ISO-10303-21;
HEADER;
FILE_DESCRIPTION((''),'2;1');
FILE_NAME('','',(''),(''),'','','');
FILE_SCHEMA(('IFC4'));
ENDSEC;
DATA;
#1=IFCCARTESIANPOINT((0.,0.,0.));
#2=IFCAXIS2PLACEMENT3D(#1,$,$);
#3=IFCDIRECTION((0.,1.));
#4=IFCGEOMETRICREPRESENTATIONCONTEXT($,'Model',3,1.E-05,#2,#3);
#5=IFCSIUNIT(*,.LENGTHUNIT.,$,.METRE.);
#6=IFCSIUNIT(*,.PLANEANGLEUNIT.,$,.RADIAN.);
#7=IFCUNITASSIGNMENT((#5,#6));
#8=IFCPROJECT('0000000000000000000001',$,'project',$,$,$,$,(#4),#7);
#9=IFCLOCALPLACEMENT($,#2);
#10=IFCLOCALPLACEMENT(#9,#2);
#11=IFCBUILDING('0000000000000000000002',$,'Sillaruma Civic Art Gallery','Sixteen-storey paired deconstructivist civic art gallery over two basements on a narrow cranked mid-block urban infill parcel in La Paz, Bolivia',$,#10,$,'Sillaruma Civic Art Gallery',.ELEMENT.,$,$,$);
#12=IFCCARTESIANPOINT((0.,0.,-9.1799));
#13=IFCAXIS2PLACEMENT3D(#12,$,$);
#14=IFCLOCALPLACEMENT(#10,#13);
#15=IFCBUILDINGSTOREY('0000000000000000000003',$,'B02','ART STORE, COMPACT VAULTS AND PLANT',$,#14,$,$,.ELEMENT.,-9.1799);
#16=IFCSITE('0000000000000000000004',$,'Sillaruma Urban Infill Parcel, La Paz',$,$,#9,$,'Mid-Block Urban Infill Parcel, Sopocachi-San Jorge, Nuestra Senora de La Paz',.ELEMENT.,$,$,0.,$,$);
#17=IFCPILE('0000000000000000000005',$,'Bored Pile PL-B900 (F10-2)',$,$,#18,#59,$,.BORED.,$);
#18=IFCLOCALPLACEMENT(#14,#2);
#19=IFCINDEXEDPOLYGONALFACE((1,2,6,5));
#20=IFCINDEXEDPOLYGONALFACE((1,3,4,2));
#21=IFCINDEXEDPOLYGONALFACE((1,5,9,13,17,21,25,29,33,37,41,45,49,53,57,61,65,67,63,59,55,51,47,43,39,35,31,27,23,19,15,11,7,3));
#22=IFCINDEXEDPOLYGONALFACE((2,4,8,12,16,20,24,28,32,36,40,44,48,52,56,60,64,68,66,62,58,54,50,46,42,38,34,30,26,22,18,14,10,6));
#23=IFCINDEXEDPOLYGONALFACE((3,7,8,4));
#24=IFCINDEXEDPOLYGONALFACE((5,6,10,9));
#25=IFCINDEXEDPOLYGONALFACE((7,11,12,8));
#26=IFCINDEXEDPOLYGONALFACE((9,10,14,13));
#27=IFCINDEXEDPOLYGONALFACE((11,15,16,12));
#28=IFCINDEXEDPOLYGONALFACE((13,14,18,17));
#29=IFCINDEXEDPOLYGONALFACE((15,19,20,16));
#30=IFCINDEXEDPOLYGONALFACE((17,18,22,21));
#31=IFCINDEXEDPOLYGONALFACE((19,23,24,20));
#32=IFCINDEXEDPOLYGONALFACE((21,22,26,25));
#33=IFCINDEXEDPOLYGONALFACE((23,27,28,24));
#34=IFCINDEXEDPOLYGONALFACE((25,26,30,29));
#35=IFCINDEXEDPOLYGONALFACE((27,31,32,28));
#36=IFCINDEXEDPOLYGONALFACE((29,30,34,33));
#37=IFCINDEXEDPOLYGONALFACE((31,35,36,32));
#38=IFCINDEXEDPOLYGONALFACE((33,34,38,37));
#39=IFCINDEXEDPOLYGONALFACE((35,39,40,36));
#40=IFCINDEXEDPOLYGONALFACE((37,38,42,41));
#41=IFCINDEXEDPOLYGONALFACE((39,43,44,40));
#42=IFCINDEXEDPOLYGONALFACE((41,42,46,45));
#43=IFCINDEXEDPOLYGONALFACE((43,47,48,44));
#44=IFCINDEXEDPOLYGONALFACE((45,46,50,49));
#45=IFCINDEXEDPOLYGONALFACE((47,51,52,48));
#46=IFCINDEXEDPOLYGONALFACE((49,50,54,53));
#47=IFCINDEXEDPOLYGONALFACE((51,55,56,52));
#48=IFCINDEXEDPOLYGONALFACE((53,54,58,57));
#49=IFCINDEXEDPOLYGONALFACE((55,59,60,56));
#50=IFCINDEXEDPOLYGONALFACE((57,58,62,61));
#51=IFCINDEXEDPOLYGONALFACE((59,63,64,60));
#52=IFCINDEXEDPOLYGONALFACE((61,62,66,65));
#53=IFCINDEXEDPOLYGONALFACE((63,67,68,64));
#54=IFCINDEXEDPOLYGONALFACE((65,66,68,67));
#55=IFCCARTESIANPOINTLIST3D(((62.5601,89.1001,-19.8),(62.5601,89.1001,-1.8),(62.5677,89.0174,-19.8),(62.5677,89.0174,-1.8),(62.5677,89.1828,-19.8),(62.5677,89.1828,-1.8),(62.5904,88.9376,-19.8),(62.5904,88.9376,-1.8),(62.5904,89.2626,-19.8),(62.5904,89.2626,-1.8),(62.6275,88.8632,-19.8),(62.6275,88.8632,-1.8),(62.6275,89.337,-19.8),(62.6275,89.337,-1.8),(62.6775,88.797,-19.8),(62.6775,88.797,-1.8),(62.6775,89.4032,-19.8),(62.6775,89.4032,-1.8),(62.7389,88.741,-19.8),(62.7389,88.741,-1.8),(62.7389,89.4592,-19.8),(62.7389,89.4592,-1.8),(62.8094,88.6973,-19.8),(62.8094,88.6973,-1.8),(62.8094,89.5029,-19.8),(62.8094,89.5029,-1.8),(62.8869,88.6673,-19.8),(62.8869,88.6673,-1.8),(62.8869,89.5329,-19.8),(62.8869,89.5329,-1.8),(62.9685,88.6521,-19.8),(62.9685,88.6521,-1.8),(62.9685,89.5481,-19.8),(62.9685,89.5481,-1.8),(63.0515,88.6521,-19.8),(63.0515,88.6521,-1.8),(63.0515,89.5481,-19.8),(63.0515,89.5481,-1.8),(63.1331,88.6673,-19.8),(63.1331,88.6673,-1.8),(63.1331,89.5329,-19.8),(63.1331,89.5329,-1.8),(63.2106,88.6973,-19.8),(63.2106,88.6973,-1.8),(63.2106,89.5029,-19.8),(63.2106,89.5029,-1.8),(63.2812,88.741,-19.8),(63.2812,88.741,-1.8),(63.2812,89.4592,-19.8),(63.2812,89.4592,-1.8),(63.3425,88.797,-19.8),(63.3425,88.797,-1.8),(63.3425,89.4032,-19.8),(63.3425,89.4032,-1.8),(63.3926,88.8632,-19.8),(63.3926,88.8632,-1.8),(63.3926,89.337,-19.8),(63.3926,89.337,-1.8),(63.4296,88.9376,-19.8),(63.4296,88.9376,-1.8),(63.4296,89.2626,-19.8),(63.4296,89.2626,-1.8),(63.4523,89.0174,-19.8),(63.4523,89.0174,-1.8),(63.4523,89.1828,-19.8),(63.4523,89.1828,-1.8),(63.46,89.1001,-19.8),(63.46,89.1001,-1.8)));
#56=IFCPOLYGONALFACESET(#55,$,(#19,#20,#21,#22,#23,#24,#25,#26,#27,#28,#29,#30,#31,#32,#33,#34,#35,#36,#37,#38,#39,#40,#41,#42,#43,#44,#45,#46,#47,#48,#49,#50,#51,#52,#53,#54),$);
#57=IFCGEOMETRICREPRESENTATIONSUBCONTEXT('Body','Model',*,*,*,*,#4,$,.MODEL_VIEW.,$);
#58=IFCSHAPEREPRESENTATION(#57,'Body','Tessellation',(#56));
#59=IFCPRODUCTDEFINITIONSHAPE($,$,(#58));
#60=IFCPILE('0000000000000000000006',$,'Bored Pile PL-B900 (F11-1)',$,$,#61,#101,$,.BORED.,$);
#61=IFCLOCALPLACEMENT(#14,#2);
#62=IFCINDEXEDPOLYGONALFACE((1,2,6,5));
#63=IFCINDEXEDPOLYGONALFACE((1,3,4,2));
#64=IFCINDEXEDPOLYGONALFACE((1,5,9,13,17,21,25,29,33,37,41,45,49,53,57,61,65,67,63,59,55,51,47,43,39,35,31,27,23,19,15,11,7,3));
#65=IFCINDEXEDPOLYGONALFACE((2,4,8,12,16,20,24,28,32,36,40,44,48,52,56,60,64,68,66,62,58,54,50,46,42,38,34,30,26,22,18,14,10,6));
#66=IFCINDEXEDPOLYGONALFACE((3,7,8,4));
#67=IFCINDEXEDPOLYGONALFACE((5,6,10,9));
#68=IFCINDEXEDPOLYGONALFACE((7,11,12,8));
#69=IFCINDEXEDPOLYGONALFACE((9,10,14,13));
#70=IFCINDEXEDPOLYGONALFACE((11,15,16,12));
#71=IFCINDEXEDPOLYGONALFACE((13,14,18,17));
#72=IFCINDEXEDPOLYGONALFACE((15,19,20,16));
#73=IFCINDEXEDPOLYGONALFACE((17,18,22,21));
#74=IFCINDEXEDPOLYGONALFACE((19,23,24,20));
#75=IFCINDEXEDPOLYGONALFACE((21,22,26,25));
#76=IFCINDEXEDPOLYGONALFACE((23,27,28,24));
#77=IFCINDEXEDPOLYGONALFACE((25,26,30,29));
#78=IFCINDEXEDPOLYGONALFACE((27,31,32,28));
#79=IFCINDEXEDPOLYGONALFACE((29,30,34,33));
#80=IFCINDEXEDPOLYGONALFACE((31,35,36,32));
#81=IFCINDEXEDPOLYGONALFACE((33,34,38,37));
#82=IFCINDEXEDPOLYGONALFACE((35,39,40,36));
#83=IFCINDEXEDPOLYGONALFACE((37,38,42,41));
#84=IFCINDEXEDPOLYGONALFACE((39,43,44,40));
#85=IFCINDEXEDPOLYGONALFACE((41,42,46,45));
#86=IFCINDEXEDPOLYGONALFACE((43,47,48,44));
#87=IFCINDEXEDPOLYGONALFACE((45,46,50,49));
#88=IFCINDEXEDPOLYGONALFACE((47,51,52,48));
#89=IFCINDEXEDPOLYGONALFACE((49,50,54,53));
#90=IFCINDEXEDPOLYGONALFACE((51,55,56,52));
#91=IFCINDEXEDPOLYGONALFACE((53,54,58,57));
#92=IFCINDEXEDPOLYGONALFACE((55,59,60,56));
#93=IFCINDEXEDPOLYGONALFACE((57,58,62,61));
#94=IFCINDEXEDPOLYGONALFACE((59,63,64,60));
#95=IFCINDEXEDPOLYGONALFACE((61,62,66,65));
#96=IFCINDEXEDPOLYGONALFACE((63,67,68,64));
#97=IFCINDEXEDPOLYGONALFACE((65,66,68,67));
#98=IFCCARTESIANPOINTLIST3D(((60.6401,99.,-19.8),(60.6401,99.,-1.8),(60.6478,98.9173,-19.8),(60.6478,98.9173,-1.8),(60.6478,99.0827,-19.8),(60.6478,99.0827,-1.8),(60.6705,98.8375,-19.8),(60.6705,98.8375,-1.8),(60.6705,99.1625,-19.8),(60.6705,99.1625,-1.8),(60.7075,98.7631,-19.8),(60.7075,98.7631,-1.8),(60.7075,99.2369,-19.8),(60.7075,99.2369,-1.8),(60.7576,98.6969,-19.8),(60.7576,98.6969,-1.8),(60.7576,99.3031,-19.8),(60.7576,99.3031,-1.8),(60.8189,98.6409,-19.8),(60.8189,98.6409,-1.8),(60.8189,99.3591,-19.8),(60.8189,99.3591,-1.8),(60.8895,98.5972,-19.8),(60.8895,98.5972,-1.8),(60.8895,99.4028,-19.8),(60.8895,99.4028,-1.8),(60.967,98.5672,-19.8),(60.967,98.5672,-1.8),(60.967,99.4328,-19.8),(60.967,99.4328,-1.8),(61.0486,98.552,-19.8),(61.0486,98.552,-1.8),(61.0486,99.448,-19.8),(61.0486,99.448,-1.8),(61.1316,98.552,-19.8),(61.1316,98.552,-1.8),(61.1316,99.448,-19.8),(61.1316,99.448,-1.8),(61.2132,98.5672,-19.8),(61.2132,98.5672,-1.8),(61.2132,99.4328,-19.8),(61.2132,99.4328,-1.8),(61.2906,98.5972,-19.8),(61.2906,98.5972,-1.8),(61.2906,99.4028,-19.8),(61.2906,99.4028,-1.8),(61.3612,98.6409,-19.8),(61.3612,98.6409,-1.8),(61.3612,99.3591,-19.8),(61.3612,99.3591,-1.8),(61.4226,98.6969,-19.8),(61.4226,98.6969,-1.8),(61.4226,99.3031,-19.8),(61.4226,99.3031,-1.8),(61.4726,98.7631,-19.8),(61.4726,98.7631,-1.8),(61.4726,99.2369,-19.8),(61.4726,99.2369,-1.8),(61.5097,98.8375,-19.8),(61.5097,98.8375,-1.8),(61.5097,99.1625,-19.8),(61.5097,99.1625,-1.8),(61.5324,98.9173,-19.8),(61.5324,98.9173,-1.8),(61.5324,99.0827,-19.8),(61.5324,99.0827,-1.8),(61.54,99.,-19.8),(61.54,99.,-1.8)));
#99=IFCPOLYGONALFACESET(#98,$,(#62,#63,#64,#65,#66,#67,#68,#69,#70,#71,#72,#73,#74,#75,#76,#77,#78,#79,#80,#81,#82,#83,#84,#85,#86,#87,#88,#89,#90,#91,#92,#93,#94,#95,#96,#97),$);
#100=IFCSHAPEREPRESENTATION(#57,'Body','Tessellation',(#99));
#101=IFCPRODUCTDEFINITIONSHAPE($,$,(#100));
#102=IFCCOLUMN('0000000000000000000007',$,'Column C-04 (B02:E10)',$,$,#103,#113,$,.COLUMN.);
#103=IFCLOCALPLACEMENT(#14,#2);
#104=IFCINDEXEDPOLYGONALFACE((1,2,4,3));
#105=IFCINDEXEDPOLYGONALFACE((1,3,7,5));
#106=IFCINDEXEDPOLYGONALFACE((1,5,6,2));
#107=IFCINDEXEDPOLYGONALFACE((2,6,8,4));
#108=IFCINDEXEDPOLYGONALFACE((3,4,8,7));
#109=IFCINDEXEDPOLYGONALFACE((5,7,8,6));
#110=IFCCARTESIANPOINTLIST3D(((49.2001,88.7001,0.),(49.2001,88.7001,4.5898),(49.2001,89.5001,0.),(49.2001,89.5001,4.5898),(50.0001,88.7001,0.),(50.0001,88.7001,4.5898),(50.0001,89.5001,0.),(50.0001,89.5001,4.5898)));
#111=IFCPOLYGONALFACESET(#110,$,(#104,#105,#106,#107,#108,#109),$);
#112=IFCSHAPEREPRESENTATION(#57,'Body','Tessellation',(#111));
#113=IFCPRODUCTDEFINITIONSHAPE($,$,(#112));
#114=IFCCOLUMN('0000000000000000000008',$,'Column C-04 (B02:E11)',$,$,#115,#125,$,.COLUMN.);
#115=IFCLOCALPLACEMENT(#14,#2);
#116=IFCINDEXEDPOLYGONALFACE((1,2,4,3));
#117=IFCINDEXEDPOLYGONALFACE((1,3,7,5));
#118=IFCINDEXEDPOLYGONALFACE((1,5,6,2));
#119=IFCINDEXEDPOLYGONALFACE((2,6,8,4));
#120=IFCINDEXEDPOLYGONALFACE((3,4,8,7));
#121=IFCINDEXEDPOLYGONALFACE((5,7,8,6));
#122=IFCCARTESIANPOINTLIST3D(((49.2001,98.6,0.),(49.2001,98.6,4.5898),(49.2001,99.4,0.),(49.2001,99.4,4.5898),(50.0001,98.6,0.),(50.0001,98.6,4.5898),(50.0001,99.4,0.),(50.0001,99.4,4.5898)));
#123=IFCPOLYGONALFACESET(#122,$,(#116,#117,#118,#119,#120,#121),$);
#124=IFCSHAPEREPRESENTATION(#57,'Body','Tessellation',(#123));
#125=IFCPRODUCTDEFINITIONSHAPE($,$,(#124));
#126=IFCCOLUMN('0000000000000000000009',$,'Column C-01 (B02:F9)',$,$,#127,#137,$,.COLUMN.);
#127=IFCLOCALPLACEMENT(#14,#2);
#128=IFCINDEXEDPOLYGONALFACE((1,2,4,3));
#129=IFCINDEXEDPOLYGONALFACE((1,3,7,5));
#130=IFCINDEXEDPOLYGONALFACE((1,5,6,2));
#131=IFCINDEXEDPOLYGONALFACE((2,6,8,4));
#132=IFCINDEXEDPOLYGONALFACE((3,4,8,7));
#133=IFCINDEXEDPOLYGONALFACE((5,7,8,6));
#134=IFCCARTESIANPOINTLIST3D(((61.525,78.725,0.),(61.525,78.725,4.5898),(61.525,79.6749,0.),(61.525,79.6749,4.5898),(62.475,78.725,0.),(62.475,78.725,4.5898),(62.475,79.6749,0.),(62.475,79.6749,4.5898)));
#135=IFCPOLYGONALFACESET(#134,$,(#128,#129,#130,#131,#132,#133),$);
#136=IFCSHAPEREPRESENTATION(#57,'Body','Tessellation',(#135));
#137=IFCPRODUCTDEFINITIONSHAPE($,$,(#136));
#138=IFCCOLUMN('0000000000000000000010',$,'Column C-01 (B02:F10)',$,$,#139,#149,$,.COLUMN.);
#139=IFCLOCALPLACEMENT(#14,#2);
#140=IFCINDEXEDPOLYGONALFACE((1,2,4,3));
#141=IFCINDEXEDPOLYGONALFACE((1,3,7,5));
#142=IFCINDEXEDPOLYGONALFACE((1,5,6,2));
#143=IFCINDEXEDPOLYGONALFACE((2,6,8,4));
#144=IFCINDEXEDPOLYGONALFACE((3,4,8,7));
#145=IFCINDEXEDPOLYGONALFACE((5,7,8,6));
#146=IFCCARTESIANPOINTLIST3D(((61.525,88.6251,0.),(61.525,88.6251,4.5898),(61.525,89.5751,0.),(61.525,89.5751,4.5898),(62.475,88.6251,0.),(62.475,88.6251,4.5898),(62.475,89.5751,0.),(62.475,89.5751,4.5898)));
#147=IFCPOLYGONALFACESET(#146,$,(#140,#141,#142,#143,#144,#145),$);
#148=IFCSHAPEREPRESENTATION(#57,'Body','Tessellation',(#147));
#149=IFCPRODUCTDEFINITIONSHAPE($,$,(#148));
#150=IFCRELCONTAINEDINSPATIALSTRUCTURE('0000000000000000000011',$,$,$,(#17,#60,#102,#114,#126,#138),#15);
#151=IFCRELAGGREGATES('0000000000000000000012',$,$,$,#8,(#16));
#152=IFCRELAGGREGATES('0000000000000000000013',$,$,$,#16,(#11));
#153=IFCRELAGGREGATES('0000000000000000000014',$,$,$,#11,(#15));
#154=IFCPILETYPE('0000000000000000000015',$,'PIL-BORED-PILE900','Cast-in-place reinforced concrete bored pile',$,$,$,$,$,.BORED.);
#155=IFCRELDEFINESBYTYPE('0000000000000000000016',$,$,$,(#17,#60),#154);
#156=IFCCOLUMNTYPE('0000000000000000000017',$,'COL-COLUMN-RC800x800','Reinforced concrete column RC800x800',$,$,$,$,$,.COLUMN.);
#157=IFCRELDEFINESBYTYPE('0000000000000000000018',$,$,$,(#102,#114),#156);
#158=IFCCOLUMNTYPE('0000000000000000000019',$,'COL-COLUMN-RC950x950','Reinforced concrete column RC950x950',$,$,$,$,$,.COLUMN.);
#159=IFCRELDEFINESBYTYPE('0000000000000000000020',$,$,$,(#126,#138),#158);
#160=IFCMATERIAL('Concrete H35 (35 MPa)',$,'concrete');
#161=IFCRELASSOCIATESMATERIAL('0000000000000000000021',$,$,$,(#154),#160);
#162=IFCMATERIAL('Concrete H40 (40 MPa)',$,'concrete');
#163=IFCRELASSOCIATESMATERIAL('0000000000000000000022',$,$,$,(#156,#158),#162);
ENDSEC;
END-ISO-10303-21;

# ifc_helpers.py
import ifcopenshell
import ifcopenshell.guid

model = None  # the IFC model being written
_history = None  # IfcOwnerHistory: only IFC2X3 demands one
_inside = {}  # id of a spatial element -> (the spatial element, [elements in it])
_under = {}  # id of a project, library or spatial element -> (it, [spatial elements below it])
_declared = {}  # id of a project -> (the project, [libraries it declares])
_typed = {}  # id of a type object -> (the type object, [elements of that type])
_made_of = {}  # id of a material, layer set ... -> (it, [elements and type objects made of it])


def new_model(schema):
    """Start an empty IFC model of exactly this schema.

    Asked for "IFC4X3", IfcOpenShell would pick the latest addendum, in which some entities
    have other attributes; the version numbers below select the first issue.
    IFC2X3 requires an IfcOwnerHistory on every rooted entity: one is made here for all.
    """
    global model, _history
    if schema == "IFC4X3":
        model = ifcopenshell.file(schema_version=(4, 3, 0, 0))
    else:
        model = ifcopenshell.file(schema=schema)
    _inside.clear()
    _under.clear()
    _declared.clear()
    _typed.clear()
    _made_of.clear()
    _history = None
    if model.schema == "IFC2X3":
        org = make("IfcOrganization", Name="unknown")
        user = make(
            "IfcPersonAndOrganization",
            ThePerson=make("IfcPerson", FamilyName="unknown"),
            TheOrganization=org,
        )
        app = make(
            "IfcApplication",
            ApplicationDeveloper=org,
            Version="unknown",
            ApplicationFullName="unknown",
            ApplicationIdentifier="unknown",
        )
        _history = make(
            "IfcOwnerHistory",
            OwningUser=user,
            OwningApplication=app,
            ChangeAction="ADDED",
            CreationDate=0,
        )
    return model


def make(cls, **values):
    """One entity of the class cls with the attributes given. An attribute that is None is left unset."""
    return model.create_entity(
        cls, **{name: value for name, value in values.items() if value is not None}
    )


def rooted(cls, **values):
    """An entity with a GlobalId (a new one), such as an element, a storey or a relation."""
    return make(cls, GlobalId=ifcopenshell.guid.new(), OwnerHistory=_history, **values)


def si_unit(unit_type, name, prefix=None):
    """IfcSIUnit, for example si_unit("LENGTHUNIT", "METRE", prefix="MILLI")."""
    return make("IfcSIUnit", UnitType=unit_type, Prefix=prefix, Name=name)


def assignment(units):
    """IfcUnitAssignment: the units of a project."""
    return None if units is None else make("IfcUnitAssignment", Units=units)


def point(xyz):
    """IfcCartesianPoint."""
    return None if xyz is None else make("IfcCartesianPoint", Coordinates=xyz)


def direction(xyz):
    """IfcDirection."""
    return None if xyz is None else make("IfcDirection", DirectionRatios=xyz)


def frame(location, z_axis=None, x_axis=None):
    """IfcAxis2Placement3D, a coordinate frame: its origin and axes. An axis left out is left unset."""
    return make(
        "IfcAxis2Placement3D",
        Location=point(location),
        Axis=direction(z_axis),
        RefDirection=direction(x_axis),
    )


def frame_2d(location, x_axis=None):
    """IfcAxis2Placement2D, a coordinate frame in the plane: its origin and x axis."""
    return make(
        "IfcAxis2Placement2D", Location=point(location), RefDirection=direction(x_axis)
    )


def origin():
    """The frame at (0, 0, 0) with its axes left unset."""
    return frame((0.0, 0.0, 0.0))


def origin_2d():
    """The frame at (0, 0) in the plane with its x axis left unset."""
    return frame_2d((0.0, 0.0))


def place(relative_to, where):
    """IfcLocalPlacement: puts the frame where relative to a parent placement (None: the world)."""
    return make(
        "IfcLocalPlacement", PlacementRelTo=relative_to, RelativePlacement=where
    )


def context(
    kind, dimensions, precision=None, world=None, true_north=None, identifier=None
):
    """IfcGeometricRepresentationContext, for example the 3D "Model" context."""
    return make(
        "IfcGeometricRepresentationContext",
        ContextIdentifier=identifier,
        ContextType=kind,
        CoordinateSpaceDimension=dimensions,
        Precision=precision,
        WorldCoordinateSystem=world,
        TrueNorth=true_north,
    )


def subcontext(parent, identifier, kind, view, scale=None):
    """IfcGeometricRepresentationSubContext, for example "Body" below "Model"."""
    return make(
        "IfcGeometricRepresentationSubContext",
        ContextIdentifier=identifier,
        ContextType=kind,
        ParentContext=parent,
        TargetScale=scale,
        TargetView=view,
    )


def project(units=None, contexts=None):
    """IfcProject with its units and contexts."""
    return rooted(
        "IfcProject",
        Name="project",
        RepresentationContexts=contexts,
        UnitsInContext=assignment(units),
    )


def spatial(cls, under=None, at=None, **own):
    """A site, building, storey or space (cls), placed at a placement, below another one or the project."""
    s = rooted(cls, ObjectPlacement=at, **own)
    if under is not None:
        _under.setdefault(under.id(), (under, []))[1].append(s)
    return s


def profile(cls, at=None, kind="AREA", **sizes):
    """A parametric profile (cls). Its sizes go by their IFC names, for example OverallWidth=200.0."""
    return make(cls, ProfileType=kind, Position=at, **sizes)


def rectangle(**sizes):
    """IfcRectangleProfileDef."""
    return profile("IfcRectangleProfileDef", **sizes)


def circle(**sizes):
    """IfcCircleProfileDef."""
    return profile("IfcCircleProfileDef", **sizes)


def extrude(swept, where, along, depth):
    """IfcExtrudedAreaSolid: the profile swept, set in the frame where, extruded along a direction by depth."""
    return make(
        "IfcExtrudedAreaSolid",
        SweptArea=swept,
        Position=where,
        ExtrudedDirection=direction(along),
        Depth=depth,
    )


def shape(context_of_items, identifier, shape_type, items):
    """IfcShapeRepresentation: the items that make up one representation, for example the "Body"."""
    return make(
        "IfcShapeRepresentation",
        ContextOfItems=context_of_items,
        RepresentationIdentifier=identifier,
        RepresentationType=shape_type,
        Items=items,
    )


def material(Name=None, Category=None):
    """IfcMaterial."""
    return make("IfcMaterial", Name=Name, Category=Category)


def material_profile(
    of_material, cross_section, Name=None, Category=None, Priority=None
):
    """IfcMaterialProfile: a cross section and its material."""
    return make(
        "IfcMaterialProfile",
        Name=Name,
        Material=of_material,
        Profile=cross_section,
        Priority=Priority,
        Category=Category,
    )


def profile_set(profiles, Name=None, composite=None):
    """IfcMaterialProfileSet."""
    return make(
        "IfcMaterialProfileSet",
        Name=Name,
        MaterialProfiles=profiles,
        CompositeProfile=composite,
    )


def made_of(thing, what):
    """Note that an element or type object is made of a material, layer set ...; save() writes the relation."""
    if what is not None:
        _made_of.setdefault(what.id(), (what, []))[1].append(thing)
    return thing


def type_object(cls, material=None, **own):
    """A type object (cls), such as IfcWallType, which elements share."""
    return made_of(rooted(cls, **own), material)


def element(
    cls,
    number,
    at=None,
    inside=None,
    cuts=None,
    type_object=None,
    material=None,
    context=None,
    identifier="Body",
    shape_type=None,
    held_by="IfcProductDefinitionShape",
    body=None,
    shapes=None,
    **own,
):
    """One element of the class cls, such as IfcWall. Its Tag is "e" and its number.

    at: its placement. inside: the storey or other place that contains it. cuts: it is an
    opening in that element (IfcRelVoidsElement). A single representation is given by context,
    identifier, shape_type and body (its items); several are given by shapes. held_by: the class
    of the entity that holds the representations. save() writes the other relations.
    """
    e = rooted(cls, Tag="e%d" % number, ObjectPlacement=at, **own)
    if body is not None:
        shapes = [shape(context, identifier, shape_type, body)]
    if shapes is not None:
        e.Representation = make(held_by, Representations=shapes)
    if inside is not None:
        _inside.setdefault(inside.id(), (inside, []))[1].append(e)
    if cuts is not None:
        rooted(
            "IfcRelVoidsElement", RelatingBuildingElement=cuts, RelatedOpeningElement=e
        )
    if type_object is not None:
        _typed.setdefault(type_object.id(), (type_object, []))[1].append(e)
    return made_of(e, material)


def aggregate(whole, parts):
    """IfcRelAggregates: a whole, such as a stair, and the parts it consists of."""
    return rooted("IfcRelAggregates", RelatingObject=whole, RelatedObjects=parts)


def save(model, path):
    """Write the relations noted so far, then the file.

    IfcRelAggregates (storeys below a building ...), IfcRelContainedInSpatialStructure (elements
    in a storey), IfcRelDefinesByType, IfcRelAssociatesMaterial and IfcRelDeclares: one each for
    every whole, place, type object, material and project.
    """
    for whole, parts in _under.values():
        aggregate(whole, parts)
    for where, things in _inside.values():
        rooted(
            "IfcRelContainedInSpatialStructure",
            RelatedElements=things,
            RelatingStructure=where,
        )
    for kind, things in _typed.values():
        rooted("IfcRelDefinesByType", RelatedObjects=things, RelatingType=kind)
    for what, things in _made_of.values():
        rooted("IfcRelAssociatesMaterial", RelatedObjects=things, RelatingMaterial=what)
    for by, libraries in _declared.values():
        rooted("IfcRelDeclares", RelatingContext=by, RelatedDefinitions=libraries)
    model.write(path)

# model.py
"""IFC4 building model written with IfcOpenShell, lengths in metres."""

from ifc_helpers import new_model, si_unit, direction, frame, origin, origin_2d, place, context, subcontext, project, spatial, rectangle, circle, extrude, material, material_profile, profile_set, type_object, element, save


model = new_model("IFC4")

# Units and contexts
model_context = context("Model", 3, precision=1e-05, world=origin(), true_north=direction((0.0, 1.0)))
body_context = subcontext(model_context, "Body", "Model", "MODEL_VIEW")
ifc_project = project(units=[si_unit("LENGTHUNIT", "METRE"), si_unit("PLANEANGLEUNIT", "RADIAN")], contexts=[model_context])

# Site, building, storey
site_placement = place(None, origin())
site = spatial("IfcSite", under=ifc_project, at=site_placement, Name="Sillaruma Urban Infill Parcel, La Paz", LongName="Mid-Block Urban Infill Parcel, Sopocachi-San Jorge, Nuestra Senora de La Paz", CompositionType="ELEMENT", RefElevation=0.0)
building_placement = place(site_placement, origin())
building = spatial("IfcBuilding", under=site, at=building_placement, Name="Sillaruma Civic Art Gallery", Description="Sixteen-storey paired deconstructivist civic art gallery over two basements on a narrow cranked mid-block urban infill parcel in La Paz, Bolivia", LongName="Sillaruma Civic Art Gallery", CompositionType="ELEMENT")
storey_placement = place(building_placement, frame((0.0, 0.0, -9.1799)))
storey = spatial("IfcBuildingStorey", under=building, at=storey_placement, Name="B02", Description="ART STORE, COMPACT VAULTS AND PLANT", CompositionType="ELEMENT", Elevation=-9.1799)

# Shared definitions
ifc_material_1 = material(Name="Concrete H35 (35 MPa)", Category="concrete")

# Piles
ifc_material_profile_1 = material_profile(ifc_material_1, circle(Radius=0.45, at=origin_2d()), Name="PILE900")
ifc_profile_set_1 = profile_set([ifc_material_profile_1], Name="Concrete H35 (35 MPa)")
pile_type_1 = type_object("IfcPileType", Name="PIL-BORED-PILE900", Description="Cast-in-place reinforced concrete bored pile", PredefinedType="BORED", material=ifc_profile_set_1)
for number, where, z_axis, x_axis, name in (
    (1, (63.01, 89.1001, -1.8), (0.0, 0.0, -1.0), (1.0, 0.0, 0.0), "Bored Pile PL-B900 (F10-2)"),
    (2, (61.0901, 99.0, -1.8), (0.0, 0.0, -1.0), (1.0, 0.0, 0.0), "Bored Pile PL-B900 (F11-1)"),
):
    element("IfcPile", number, at=place(storey_placement, frame(where, z_axis=z_axis, x_axis=x_axis)), inside=storey, type_object=pile_type_1, Name=name, PredefinedType="BORED", context=body_context, shape_type="SweptSolid", body=[
        extrude(circle(Radius=0.45, at=origin_2d()), origin(), (0.0, 0.0, 1.0), 18.0),
    ])

# Columns
ifc_material_2 = material(Name="Concrete H40 (40 MPa)", Category="concrete")
ifc_material_profile_2 = material_profile(ifc_material_2, rectangle(XDim=0.8, YDim=0.8, at=origin_2d()), Name="RC800x800")
ifc_profile_set_2 = profile_set([ifc_material_profile_2], Name="Concrete H40 (40 MPa)")
column_type_1 = type_object("IfcColumnType", Name="COL-COLUMN-RC800x800", Description="Reinforced concrete column RC800x800", PredefinedType="COLUMN", material=ifc_profile_set_2)
for number, where, z_axis, x_axis, name in (
    (3, (49.6001, 89.1001, 0.0), (0.0, 0.0, 1.0), (1.0, 0.0, 0.0), "Column C-04 (B02:E10)"),
    (4, (49.6001, 99.0, 0.0), (0.0, 0.0, 1.0), (1.0, 0.0, 0.0), "Column C-04 (B02:E11)"),
):
    element("IfcColumn", number, at=place(storey_placement, frame(where, z_axis=z_axis, x_axis=x_axis)), inside=storey, type_object=column_type_1, Name=name, PredefinedType="COLUMN", context=body_context, shape_type="SweptSolid", body=[
        extrude(rectangle(XDim=0.8, YDim=0.8, at=origin_2d()), origin(), (0.0, 0.0, 1.0), 4.5898),
    ])
ifc_material_profile_3 = material_profile(ifc_material_2, rectangle(XDim=0.95, YDim=0.95, at=origin_2d()), Name="RC950x950")
ifc_profile_set_3 = profile_set([ifc_material_profile_3], Name="Concrete H40 (40 MPa)")
column_type_2 = type_object("IfcColumnType", Name="COL-COLUMN-RC950x950", Description="Reinforced concrete column RC950x950", PredefinedType="COLUMN", material=ifc_profile_set_3)
for number, where, z_axis, x_axis, name in (
    (5, (62.0, 79.2, 0.0), (0.0, 0.0, 1.0), (1.0, 0.0, 0.0), "Column C-01 (B02:F9)"),
    (6, (62.0, 89.1001, 0.0), (0.0, 0.0, 1.0), (1.0, 0.0, 0.0), "Column C-01 (B02:F10)"),
):
    element("IfcColumn", number, at=place(storey_placement, frame(where, z_axis=z_axis, x_axis=x_axis)), inside=storey, type_object=column_type_2, Name=name, PredefinedType="COLUMN", context=body_context, shape_type="SweptSolid", body=[
        extrude(rectangle(XDim=0.95, YDim=0.95, at=origin_2d()), origin(), (0.0, 0.0, 1.0), 4.5898),
    ])

save(model, "model.ifc")
